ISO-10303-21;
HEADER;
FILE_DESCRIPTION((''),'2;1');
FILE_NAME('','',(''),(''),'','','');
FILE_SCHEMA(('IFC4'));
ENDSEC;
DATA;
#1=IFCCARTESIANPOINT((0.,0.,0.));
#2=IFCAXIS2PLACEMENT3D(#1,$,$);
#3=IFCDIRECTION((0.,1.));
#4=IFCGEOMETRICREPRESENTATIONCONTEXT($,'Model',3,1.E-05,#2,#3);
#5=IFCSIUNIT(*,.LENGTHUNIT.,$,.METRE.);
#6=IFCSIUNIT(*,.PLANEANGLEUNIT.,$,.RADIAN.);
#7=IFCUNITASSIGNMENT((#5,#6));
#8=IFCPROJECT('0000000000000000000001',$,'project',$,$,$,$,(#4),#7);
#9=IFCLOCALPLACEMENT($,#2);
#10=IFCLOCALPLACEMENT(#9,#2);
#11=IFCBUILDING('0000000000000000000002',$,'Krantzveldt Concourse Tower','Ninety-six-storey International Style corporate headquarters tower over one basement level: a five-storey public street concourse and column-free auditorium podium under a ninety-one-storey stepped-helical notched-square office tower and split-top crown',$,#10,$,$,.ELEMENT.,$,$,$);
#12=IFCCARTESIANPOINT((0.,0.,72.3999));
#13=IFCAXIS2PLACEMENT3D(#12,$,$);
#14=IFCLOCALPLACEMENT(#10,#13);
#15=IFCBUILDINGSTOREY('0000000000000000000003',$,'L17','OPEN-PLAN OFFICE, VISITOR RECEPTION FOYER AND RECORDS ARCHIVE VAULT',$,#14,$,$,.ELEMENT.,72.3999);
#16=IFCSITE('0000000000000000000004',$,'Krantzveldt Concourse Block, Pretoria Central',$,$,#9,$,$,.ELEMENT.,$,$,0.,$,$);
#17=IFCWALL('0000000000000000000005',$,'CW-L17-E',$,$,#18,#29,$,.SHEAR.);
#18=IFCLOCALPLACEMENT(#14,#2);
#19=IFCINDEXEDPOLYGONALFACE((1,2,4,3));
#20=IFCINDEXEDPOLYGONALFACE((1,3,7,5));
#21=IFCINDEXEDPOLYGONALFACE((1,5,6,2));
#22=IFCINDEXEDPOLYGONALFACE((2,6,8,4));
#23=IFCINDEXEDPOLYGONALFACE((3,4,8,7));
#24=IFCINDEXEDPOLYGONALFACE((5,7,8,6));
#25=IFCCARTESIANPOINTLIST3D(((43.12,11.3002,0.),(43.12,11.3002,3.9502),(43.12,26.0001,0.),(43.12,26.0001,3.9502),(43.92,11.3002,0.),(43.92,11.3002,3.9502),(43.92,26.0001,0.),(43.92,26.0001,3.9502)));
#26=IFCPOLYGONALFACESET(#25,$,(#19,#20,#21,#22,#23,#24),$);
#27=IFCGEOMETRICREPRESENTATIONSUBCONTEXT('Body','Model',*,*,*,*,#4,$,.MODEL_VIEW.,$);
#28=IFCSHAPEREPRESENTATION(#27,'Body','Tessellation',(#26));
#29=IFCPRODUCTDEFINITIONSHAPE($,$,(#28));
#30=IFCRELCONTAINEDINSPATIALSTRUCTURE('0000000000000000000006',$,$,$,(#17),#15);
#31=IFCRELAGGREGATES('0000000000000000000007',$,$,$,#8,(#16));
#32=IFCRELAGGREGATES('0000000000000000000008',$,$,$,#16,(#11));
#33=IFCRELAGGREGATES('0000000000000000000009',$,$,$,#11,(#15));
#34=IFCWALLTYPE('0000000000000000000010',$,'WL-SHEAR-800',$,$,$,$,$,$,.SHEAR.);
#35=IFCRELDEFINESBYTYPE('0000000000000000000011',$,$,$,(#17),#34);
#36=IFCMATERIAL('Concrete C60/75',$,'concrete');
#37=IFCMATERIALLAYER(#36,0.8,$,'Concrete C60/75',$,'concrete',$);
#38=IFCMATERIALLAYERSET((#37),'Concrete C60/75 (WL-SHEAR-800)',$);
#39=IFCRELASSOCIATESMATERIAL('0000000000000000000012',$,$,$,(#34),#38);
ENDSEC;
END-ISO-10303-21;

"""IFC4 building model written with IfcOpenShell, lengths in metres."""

from ifc_helpers import new_model, si_unit, direction, frame, frame_2d, origin, place, context, subcontext, project, spatial, rectangle, extrude, material, layer, layer_set, type_object, element, save


model = new_model("IFC4")

# Units and contexts
model_context = context("Model", 3, precision=1e-05, world=origin(), true_north=direction((0.0, 1.0)))
body_context = subcontext(model_context, "Body", "Model", "MODEL_VIEW")
ifc_project = project(units=[si_unit("LENGTHUNIT", "METRE"), si_unit("PLANEANGLEUNIT", "RADIAN")], contexts=[model_context])

# Site, building, storey
site_placement = place(None, origin())
site = spatial("IfcSite", under=ifc_project, at=site_placement, Name="Krantzveldt Concourse Block, Pretoria Central", CompositionType="ELEMENT", RefElevation=0.0)
building_placement = place(site_placement, origin())
building = spatial("IfcBuilding", under=site, at=building_placement, Name="Krantzveldt Concourse Tower", Description="Ninety-six-storey International Style corporate headquarters tower over one basement level: a five-storey public street concourse and column-free auditorium podium under a ninety-one-storey stepped-helical notched-square office tower and split-top crown", CompositionType="ELEMENT")
storey_placement = place(building_placement, frame((0.0, 0.0, 72.3999)))
storey = spatial("IfcBuildingStorey", under=building, at=storey_placement, Name="L17", Description="OPEN-PLAN OFFICE, VISITOR RECEPTION FOYER AND RECORDS ARCHIVE VAULT", CompositionType="ELEMENT", Elevation=72.3999)

# Shared definitions
ifc_material_1 = material(Name="Concrete C60/75", Category="concrete")

# Wall
ifc_layer_1 = layer(ifc_material_1, 0.8, Name="Concrete C60/75", Category="concrete")
ifc_layer_set_1 = layer_set([ifc_layer_1], Name="Concrete C60/75 (WL-SHEAR-800)")
wall_type_1 = type_object("IfcWallType", Name="WL-SHEAR-800", PredefinedType="SHEAR", material=ifc_layer_set_1)
wall_1_placement = place(storey_placement, frame((43.52, 11.3, 0.0), z_axis=(0.0, 0.0, 1.0), x_axis=(0.0, 1.0, 0.0)))
element("IfcWall", 1, at=wall_1_placement, inside=storey, type_object=wall_type_1, Name="CW-L17-E", PredefinedType="SHEAR", context=body_context, shape_type="SweptSolid", body=[
    extrude(rectangle(XDim=14.7, YDim=0.8, at=frame_2d((7.3501, 0.0))), origin(), (0.0, 0.0, 1.0), 3.9502),
])

save(model, "model.ifc")
